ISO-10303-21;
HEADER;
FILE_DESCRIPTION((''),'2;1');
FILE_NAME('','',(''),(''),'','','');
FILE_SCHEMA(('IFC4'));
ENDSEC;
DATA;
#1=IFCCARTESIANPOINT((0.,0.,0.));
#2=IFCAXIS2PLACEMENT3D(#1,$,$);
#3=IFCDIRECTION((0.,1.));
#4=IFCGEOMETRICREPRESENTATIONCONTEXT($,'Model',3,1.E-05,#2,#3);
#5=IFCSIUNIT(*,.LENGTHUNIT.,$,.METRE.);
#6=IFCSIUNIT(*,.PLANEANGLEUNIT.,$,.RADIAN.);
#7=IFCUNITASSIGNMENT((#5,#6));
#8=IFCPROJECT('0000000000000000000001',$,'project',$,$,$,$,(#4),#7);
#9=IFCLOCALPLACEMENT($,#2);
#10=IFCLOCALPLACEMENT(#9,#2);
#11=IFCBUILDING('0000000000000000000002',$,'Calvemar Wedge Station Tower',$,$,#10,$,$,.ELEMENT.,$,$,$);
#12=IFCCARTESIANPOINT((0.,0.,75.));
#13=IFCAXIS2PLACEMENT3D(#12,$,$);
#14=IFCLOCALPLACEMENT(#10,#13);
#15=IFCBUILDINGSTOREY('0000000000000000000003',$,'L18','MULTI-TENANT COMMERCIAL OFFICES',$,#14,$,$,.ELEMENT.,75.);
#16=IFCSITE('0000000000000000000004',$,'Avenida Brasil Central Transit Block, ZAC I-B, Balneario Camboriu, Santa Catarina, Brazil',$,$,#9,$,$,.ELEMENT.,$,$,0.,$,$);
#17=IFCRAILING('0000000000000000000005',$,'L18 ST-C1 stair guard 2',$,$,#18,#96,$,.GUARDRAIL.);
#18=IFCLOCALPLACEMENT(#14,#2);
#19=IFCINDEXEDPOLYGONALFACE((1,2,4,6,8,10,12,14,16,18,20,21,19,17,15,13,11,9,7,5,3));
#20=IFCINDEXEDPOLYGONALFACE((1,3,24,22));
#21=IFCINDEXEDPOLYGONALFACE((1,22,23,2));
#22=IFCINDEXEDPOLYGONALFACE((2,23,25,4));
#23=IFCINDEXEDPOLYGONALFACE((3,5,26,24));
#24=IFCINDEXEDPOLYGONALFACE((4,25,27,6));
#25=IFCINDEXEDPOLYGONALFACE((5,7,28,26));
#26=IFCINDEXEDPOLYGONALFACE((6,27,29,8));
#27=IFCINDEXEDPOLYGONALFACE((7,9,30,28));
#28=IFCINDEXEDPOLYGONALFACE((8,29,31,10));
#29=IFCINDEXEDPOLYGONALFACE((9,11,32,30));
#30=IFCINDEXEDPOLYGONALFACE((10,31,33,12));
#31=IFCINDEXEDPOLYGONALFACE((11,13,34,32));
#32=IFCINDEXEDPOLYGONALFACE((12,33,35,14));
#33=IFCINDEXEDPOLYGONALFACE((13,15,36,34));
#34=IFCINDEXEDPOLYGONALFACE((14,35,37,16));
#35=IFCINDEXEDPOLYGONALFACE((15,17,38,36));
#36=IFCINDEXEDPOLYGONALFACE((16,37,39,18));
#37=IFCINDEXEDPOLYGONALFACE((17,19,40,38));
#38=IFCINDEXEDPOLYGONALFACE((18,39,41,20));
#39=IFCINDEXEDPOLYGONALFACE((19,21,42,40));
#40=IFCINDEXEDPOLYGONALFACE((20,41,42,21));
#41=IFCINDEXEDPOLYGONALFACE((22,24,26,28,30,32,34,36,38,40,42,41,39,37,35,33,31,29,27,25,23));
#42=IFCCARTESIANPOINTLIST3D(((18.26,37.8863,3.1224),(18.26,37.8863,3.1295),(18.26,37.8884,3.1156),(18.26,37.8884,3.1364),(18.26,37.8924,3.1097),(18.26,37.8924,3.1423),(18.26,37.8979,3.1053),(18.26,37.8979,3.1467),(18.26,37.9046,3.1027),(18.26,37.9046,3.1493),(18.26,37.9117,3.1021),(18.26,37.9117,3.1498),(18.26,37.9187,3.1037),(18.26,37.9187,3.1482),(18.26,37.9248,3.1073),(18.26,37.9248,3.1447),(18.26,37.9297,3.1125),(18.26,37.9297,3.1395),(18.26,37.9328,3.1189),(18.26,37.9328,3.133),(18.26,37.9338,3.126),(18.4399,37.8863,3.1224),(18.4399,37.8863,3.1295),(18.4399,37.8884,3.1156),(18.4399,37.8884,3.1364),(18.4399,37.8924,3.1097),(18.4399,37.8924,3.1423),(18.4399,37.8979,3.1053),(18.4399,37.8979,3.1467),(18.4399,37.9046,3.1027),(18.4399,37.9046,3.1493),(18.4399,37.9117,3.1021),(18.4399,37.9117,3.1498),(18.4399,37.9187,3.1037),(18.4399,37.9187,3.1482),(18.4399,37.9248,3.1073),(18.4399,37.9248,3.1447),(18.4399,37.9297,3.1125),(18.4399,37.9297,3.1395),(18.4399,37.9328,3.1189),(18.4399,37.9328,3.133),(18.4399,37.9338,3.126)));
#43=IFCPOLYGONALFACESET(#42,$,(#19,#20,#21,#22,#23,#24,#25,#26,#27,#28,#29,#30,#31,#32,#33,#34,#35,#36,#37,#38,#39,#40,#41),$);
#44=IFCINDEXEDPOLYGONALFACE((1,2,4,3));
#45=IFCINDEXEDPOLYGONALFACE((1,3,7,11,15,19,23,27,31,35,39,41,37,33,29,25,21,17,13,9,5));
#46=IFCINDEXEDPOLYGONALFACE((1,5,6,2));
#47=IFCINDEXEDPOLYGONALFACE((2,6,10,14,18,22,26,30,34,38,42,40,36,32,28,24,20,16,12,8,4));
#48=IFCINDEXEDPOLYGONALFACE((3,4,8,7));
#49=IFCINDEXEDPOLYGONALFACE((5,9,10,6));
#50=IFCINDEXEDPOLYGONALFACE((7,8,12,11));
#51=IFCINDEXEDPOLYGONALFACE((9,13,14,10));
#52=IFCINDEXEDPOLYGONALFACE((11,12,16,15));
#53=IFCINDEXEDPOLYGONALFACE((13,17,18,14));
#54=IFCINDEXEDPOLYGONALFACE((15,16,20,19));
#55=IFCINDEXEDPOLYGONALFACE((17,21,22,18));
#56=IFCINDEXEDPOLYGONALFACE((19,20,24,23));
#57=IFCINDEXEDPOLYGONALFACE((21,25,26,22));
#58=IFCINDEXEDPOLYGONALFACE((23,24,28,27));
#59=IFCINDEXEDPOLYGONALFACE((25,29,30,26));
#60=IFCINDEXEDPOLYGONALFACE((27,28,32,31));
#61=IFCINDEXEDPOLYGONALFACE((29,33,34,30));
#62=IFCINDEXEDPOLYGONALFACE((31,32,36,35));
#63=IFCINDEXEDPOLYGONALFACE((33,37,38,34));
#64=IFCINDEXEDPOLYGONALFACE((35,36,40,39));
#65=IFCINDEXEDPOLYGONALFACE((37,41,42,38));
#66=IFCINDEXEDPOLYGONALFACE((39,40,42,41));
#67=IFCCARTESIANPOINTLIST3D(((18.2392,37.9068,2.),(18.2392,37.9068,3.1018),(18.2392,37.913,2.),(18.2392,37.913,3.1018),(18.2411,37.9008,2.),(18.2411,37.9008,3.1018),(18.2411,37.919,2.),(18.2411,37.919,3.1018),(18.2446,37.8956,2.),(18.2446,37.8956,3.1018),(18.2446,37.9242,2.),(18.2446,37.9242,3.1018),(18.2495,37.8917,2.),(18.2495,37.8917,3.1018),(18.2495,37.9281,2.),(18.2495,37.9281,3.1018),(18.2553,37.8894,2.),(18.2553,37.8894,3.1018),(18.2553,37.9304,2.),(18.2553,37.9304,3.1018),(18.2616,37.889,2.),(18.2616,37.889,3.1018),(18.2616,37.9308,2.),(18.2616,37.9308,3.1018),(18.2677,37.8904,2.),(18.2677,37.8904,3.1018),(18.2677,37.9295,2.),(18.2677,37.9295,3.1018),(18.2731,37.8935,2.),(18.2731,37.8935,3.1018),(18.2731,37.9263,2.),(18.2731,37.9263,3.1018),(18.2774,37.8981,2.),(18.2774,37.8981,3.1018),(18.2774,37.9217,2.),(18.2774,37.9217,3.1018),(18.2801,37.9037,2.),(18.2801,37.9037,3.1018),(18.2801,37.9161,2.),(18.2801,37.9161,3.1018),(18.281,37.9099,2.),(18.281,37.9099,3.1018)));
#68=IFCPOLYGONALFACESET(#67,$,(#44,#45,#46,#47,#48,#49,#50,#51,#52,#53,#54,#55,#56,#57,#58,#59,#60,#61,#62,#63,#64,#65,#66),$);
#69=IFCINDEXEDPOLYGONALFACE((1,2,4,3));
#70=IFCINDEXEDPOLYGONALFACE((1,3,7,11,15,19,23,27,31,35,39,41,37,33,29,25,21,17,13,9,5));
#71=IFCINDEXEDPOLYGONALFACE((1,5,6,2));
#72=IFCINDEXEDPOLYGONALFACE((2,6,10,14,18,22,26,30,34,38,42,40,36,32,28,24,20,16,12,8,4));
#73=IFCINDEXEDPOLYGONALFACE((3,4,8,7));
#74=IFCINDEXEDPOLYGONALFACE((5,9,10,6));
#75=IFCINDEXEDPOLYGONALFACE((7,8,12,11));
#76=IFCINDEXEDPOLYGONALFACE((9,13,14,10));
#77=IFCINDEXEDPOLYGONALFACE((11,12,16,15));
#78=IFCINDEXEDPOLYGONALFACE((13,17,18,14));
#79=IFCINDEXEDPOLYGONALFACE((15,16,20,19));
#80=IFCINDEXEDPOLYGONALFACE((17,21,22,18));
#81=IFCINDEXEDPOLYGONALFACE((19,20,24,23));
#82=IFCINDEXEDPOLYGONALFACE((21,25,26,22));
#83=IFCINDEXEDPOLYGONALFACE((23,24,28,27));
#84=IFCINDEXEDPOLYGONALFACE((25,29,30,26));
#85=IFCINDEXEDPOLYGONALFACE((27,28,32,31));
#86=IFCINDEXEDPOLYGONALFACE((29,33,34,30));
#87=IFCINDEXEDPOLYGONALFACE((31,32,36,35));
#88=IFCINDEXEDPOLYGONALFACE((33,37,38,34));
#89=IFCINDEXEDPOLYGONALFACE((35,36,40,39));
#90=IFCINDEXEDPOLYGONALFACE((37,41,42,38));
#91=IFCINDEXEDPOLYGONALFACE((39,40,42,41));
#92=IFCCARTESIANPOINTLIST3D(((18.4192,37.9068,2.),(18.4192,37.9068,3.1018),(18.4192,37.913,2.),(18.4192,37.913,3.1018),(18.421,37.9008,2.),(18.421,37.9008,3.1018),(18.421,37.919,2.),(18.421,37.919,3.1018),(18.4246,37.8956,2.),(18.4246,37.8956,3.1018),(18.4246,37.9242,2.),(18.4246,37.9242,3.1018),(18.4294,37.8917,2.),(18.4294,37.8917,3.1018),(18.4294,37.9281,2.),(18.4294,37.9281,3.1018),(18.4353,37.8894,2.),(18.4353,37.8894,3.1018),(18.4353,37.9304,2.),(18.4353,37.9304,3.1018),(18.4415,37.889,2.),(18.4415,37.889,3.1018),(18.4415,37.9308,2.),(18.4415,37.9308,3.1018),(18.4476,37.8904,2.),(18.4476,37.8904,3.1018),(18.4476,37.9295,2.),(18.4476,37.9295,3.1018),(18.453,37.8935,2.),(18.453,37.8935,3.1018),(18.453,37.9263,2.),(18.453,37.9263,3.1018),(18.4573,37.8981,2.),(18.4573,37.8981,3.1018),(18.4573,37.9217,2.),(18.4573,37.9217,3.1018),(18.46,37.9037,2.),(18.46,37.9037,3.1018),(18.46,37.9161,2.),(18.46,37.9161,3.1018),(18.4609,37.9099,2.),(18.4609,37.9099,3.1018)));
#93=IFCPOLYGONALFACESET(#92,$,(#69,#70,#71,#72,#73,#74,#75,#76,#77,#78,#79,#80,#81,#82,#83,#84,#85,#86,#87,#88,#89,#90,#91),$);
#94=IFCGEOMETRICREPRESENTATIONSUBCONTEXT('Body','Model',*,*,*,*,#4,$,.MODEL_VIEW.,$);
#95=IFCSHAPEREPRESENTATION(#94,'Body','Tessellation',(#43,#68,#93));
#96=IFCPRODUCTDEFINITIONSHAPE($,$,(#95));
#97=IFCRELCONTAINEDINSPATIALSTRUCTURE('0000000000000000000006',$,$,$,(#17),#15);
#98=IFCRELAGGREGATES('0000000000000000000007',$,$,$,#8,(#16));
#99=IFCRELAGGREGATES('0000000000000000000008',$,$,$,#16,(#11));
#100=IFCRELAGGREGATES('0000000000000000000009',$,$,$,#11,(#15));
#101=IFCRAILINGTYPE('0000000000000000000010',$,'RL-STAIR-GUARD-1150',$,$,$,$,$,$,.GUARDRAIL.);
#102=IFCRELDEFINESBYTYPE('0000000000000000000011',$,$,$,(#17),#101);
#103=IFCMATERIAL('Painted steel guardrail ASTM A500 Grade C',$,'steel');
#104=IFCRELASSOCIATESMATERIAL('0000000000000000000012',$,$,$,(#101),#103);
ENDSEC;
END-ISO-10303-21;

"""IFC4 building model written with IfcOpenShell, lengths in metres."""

from ifc_helpers import new_model, si_unit, direction, frame, origin, origin_2d, place, context, subcontext, project, spatial, circle, extrude, material, type_object, element, save


model = new_model("IFC4")

# Units and contexts
model_context = context("Model", 3, precision=1e-05, world=origin(), true_north=direction((0.0, 1.0)))
body_context = subcontext(model_context, "Body", "Model", "MODEL_VIEW")
ifc_project = project(units=[si_unit("LENGTHUNIT", "METRE"), si_unit("PLANEANGLEUNIT", "RADIAN")], contexts=[model_context])

# Site, building, storey
site_placement = place(None, origin())
site = spatial("IfcSite", under=ifc_project, at=site_placement, Name="Avenida Brasil Central Transit Block, ZAC I-B, Balneario Camboriu, Santa Catarina, Brazil", CompositionType="ELEMENT", RefElevation=0.0)
building_placement = place(site_placement, origin())
building = spatial("IfcBuilding", under=site, at=building_placement, Name="Calvemar Wedge Station Tower", CompositionType="ELEMENT")
storey_placement = place(building_placement, frame((0.0, 0.0, 75.0)))
storey = spatial("IfcBuildingStorey", under=building, at=storey_placement, Name="L18", Description="MULTI-TENANT COMMERCIAL OFFICES", CompositionType="ELEMENT", Elevation=75.0)

# Railing
ifc_material_1 = material(Name="Painted steel guardrail ASTM A500 Grade C", Category="steel")
railing_type_1 = type_object("IfcRailingType", Name="RL-STAIR-GUARD-1150", PredefinedType="GUARDRAIL", material=ifc_material_1)
railing_1_placement = place(storey_placement, frame((18.26, 37.9099, 2.0)))
element("IfcRailing", 1, at=railing_1_placement, inside=storey, type_object=railing_type_1, Name="L18 ST-C1 stair guard 2", PredefinedType="GUARDRAIL", context=body_context, shape_type="SweptSolid", body=[
    extrude(circle(Radius=0.0239, at=origin_2d()), frame((0.0, 0.0, 1.126), z_axis=(1.0, 0.0, 0.0), x_axis=(0.0, 1.0, 0.0)), (0.0, 0.0, 1.0), 0.1799),
    extrude(circle(Radius=0.021, at=origin_2d()), origin(), (0.0, 0.0, 1.0), 1.1018),
    extrude(circle(Radius=0.021, at=origin_2d()), frame((0.1799, 0.0, 0.0)), (0.0, 0.0, 1.0), 1.1018),
])

save(model, "model.ifc")
